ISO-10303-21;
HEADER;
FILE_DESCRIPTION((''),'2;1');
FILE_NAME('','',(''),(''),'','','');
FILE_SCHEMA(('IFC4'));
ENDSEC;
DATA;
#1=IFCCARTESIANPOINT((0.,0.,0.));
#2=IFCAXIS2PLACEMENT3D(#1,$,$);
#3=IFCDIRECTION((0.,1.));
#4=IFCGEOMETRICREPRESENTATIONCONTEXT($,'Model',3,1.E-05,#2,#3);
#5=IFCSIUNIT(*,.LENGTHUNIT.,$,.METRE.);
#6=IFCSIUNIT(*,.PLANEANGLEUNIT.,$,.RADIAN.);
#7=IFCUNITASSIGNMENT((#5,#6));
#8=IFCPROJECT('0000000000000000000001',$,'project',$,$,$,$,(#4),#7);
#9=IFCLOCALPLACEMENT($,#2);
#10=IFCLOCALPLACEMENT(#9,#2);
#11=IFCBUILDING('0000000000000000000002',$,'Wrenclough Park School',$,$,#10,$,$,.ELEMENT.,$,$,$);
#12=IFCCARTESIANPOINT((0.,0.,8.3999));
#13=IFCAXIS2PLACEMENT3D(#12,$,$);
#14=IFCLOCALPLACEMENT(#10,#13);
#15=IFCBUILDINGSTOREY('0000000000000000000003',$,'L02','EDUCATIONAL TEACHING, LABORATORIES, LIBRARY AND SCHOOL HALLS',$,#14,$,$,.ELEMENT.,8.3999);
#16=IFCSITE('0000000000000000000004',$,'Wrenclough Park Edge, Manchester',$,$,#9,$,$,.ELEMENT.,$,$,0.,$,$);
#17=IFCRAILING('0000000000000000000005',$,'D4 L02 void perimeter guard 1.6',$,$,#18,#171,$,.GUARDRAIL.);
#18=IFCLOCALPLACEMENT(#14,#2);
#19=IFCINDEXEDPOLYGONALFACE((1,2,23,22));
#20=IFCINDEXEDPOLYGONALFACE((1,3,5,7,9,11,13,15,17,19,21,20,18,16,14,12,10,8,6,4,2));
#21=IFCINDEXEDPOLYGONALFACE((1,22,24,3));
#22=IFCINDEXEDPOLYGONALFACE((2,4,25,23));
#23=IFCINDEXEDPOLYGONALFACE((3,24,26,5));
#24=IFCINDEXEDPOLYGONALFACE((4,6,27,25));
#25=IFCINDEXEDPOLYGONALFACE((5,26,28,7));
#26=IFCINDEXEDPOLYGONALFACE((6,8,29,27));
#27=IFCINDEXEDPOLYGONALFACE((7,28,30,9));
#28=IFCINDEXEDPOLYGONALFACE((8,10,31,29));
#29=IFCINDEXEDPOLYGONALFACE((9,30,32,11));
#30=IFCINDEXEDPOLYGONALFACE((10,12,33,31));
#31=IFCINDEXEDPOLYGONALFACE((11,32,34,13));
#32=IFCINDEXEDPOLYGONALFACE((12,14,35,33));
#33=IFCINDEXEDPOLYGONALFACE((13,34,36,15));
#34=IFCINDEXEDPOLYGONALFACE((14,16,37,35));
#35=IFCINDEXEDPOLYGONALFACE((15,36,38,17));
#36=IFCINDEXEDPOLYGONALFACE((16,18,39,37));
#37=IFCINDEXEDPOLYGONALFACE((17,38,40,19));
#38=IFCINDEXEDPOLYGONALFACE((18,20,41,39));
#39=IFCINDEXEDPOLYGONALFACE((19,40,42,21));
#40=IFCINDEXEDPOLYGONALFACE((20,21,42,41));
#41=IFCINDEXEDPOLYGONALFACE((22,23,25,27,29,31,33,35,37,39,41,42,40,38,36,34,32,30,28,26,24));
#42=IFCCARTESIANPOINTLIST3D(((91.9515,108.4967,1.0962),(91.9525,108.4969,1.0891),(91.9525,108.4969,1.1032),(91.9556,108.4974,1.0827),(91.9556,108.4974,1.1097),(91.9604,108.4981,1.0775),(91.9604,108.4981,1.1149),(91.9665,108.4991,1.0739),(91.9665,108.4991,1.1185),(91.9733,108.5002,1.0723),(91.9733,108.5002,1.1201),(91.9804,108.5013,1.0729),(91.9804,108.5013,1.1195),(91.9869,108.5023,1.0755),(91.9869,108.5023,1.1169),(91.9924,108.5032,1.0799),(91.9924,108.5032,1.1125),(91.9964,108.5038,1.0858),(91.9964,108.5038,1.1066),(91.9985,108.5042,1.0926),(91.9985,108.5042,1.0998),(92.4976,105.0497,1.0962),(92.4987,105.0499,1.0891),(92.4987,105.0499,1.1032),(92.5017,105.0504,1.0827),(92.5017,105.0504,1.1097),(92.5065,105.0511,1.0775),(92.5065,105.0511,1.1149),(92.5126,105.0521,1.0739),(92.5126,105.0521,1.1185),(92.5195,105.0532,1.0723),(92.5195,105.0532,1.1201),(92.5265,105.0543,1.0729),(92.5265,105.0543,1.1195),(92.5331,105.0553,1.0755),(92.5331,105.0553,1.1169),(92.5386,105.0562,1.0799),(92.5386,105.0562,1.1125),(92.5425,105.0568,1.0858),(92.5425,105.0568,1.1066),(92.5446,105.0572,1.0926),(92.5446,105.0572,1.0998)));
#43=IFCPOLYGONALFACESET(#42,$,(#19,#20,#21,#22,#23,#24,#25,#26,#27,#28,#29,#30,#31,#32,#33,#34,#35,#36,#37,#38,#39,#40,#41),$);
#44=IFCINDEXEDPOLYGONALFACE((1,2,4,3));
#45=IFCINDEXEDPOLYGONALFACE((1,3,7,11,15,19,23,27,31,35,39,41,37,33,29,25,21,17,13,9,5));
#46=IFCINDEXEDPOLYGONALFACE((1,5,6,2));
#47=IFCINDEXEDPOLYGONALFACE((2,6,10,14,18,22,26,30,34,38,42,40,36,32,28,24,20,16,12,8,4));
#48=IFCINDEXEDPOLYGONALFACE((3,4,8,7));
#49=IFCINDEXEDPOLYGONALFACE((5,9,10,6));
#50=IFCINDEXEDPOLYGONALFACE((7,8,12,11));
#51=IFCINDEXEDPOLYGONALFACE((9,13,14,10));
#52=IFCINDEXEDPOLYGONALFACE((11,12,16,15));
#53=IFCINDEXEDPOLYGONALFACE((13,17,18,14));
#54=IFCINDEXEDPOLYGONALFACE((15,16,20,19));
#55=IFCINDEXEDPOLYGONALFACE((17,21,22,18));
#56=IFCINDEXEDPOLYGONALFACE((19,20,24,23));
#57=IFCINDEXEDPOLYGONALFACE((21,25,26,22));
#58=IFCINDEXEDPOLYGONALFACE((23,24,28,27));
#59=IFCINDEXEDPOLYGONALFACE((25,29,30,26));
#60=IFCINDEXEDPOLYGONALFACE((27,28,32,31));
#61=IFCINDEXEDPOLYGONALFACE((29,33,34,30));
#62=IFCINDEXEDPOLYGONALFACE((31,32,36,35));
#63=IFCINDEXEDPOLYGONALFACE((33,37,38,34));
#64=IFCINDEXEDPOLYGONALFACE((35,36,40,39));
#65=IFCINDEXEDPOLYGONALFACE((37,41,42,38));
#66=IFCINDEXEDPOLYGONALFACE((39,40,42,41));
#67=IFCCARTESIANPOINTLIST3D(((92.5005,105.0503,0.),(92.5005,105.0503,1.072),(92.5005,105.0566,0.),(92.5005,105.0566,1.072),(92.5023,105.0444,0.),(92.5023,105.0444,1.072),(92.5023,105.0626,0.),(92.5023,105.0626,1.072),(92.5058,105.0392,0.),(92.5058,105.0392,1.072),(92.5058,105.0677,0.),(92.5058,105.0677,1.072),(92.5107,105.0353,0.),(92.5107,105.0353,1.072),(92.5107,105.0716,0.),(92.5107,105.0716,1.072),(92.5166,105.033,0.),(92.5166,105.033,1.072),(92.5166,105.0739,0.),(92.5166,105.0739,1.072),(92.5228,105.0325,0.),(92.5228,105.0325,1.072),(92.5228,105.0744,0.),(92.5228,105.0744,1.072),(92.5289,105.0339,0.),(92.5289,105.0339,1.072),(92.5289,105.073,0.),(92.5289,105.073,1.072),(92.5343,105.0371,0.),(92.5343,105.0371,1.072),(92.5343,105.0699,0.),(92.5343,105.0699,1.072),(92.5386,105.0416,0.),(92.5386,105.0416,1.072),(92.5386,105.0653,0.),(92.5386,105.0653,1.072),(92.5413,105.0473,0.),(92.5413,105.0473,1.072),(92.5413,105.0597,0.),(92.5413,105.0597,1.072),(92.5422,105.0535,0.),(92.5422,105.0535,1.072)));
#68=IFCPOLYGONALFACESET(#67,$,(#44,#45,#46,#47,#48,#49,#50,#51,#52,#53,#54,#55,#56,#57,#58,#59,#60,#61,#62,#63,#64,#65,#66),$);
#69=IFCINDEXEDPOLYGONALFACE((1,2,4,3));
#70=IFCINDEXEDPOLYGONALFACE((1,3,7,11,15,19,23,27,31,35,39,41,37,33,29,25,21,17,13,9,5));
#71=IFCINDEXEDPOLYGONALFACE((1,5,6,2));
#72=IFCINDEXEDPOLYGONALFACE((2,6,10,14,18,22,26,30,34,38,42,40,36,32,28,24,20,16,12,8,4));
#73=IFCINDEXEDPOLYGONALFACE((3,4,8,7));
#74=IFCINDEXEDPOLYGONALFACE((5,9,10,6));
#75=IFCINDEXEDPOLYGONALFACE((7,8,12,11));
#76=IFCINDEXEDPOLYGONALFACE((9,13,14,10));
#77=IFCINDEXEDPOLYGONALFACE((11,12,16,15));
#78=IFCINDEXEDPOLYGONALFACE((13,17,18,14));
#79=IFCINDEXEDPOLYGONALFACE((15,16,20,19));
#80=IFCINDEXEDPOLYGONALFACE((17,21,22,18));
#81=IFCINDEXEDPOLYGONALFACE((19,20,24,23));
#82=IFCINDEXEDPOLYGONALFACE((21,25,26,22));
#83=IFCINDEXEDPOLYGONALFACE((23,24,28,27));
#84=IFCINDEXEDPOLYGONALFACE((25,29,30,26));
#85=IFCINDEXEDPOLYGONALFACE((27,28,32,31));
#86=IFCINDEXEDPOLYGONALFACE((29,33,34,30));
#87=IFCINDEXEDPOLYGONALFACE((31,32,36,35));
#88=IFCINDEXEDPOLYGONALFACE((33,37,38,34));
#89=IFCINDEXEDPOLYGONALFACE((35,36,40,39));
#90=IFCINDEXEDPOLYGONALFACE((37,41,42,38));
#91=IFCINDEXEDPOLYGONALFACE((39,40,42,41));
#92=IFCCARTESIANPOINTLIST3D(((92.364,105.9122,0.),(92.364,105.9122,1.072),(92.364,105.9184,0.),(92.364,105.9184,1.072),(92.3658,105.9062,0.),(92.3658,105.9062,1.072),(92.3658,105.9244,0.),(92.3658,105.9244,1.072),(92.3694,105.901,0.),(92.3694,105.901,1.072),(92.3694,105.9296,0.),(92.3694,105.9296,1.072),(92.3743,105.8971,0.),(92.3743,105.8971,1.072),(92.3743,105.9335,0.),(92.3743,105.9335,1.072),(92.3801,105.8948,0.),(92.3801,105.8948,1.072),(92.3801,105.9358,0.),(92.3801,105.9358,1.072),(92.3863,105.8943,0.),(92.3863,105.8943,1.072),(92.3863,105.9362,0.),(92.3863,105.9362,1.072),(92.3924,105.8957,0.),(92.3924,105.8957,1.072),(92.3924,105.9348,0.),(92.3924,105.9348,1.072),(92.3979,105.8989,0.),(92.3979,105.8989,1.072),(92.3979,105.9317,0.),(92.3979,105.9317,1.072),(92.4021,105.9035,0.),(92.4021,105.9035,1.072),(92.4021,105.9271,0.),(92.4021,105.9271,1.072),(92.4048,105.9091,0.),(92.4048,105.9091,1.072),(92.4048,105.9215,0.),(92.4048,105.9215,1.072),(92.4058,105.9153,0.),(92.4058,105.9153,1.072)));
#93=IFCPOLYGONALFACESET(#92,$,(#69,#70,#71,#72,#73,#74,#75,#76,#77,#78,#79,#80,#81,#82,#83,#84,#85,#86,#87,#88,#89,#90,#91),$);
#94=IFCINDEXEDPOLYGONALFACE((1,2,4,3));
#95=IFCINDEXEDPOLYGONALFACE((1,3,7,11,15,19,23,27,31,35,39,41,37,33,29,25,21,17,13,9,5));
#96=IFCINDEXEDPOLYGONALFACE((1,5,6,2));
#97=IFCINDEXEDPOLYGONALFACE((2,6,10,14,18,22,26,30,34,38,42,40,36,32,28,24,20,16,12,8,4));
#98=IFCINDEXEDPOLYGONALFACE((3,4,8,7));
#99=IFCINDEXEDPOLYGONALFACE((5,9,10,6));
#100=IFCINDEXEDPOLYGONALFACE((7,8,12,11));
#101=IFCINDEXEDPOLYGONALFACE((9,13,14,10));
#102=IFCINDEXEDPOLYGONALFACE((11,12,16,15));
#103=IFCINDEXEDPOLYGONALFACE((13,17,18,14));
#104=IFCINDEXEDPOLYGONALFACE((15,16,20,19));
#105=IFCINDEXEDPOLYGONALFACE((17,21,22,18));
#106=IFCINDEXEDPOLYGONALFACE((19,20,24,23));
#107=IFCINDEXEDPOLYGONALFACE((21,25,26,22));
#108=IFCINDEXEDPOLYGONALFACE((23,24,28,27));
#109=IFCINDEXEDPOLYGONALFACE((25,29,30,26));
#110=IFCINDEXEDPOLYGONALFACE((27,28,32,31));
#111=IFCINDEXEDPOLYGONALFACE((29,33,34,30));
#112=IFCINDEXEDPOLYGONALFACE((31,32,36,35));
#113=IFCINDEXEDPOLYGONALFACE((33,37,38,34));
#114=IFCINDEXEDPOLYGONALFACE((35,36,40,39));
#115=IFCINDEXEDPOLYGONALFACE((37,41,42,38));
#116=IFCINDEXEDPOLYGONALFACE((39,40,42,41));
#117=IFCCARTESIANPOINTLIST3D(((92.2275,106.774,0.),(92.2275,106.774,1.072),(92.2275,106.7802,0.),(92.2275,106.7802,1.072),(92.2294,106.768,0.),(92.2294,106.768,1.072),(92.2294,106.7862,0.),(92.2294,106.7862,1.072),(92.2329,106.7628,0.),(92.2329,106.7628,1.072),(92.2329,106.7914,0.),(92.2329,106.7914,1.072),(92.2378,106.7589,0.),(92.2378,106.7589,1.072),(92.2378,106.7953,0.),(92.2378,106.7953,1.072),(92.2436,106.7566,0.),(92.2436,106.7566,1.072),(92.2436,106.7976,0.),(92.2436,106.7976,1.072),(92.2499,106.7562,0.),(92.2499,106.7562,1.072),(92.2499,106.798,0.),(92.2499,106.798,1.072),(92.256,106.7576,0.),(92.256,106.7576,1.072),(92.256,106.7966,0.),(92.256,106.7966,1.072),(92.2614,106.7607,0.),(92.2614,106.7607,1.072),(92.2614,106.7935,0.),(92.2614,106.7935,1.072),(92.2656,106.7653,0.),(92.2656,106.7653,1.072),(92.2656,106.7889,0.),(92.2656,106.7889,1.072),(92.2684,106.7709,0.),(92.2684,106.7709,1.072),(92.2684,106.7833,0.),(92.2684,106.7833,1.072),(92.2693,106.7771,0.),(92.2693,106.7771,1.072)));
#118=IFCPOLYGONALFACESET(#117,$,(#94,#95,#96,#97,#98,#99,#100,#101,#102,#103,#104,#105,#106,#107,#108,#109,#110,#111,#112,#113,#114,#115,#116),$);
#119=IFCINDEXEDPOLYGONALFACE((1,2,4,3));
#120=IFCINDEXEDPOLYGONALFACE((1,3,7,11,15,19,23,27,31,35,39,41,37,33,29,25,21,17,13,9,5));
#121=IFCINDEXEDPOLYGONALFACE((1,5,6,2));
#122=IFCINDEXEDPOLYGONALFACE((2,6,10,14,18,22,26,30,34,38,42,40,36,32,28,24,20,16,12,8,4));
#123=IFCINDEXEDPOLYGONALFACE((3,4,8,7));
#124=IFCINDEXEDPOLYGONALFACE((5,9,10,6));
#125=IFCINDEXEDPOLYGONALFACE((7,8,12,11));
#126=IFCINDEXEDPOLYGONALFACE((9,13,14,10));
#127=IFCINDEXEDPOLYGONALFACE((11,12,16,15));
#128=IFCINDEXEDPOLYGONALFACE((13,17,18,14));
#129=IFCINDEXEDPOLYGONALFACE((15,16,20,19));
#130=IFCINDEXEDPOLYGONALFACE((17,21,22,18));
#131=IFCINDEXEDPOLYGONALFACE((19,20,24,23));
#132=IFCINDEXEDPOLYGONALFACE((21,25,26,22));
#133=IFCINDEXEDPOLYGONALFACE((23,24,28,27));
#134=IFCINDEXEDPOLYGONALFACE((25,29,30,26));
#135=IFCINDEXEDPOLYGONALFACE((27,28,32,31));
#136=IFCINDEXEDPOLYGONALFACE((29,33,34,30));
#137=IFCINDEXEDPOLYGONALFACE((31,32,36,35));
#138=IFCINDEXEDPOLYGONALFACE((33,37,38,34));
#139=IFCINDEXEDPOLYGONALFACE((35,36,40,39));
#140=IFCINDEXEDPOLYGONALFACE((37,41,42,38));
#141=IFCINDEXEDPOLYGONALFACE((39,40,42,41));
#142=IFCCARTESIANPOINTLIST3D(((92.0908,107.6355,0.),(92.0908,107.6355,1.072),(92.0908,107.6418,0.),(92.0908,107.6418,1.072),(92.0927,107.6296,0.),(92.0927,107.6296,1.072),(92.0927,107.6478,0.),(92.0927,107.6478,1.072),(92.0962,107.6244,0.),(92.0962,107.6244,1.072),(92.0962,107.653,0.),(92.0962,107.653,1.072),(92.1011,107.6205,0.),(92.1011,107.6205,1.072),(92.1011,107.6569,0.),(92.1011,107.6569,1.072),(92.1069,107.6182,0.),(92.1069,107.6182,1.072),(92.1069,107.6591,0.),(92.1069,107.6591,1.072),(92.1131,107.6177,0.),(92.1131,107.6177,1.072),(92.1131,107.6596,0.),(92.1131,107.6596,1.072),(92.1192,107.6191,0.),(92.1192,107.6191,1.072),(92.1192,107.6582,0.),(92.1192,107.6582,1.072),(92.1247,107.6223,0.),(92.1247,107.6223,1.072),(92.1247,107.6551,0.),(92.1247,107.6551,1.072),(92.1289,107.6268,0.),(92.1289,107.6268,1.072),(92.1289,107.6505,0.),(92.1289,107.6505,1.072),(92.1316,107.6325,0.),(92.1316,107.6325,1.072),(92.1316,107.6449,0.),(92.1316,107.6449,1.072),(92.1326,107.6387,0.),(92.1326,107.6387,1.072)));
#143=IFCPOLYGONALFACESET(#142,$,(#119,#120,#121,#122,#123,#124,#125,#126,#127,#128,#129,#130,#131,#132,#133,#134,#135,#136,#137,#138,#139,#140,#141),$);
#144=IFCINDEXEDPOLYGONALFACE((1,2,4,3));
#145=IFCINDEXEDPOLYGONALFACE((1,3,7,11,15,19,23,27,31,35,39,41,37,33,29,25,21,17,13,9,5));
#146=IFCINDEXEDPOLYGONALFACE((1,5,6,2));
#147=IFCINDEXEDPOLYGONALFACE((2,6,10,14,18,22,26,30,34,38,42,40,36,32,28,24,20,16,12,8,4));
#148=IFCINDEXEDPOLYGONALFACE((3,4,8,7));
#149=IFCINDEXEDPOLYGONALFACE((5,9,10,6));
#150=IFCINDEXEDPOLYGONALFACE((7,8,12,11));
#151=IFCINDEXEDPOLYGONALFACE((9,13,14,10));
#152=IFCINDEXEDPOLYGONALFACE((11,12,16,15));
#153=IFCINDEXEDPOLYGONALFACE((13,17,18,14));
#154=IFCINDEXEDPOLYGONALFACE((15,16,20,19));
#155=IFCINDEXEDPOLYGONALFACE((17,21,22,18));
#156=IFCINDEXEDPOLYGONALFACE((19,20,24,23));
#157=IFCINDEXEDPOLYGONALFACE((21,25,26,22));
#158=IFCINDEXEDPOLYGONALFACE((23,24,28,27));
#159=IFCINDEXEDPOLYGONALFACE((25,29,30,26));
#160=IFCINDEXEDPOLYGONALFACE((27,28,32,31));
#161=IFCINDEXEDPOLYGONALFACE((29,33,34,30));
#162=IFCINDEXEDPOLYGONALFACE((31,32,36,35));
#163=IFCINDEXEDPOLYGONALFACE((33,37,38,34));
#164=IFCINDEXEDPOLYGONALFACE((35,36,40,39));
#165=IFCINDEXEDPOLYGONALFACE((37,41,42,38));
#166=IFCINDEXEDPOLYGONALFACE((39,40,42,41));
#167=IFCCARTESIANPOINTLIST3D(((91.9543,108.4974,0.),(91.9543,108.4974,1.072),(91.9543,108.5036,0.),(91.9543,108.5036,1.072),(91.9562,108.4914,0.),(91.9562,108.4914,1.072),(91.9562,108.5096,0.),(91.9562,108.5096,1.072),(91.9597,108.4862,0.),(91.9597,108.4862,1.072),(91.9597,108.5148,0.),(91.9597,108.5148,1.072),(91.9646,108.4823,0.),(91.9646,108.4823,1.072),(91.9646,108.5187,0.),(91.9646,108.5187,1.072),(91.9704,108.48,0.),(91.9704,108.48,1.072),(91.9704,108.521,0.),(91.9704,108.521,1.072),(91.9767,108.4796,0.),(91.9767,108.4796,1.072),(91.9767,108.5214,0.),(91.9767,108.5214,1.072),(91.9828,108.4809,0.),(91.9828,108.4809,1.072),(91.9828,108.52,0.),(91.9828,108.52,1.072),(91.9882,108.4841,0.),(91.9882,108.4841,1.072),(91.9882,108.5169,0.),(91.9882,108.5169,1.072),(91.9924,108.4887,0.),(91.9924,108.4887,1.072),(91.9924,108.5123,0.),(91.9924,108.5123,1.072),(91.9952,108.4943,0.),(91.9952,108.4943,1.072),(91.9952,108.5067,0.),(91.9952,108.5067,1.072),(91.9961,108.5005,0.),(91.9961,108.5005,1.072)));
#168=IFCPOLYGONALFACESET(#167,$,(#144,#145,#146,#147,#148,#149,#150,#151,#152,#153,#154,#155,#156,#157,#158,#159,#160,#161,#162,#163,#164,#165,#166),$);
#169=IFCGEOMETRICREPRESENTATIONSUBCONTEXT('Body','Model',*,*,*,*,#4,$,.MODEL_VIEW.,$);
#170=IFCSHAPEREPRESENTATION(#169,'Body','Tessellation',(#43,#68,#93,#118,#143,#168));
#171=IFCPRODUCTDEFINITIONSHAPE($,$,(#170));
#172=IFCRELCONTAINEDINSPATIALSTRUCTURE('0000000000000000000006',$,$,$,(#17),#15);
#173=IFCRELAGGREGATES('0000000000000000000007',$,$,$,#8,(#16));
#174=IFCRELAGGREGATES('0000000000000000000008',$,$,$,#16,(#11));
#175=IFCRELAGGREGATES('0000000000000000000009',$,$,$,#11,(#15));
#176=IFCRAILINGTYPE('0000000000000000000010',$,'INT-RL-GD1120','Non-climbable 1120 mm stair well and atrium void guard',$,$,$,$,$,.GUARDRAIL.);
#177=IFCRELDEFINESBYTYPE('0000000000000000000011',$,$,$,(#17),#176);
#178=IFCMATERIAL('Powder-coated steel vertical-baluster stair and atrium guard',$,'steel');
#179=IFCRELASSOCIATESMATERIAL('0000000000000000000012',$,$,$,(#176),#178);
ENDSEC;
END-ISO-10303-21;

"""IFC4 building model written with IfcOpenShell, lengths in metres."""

from ifc_helpers import new_model, si_unit, direction, frame, origin, origin_2d, place, context, subcontext, project, spatial, circle, extrude, material, type_object, element, save


model = new_model("IFC4")

# Units and contexts
model_context = context("Model", 3, precision=1e-05, world=origin(), true_north=direction((0.0, 1.0)))
body_context = subcontext(model_context, "Body", "Model", "MODEL_VIEW")
ifc_project = project(units=[si_unit("LENGTHUNIT", "METRE"), si_unit("PLANEANGLEUNIT", "RADIAN")], contexts=[model_context])

# Site, building, storey
site_placement = place(None, origin())
site = spatial("IfcSite", under=ifc_project, at=site_placement, Name="Wrenclough Park Edge, Manchester", CompositionType="ELEMENT", RefElevation=0.0)
building_placement = place(site_placement, origin())
building = spatial("IfcBuilding", under=site, at=building_placement, Name="Wrenclough Park School", CompositionType="ELEMENT")
storey_placement = place(building_placement, frame((0.0, 0.0, 8.3999)))
storey = spatial("IfcBuildingStorey", under=building, at=storey_placement, Name="L02", Description="EDUCATIONAL TEACHING, LABORATORIES, LIBRARY AND SCHOOL HALLS", CompositionType="ELEMENT", Elevation=8.3999)

# Railing
ifc_material_1 = material(Name="Powder-coated steel vertical-baluster stair and atrium guard", Category="steel")
railing_type = type_object("IfcRailingType", Name="INT-RL-GD1120", Description="Non-climbable 1120 mm stair well and atrium void guard", PredefinedType="GUARDRAIL", material=ifc_material_1)
railing_1_placement = place(storey_placement, frame((92.5212, 105.0535, 0.0)))
element("IfcRailing", 1, at=railing_1_placement, inside=storey, type_object=railing_type, Name="D4 L02 void perimeter guard 1.6", PredefinedType="GUARDRAIL", context=body_context, shape_type="SweptSolid", body=[
    extrude(circle(Radius=0.0239, at=origin_2d()), frame((0.0, 0.0, 1.0962), z_axis=(-0.156487, 0.98768, 0.0), x_axis=(-0.98768, -0.156487, 0.0)), (0.0, 0.0, 1.0), 3.49),
    extrude(circle(Radius=0.021, at=origin_2d()), origin(), (0.0, 0.0, 1.0), 1.072),
    extrude(circle(Radius=0.021, at=origin_2d()), frame((-0.1365, 0.8618, 0.0)), (0.0, 0.0, 1.0), 1.072),
    extrude(circle(Radius=0.021, at=origin_2d()), frame((-0.2729, 1.7236, 0.0)), (0.0, 0.0, 1.0), 1.072),
    extrude(circle(Radius=0.021, at=origin_2d()), frame((-0.4097, 2.5852, 0.0)), (0.0, 0.0, 1.0), 1.072),
    extrude(circle(Radius=0.021, at=origin_2d()), frame((-0.5461, 3.447, 0.0)), (0.0, 0.0, 1.0), 1.072),
])

save(model, "model.ifc")
